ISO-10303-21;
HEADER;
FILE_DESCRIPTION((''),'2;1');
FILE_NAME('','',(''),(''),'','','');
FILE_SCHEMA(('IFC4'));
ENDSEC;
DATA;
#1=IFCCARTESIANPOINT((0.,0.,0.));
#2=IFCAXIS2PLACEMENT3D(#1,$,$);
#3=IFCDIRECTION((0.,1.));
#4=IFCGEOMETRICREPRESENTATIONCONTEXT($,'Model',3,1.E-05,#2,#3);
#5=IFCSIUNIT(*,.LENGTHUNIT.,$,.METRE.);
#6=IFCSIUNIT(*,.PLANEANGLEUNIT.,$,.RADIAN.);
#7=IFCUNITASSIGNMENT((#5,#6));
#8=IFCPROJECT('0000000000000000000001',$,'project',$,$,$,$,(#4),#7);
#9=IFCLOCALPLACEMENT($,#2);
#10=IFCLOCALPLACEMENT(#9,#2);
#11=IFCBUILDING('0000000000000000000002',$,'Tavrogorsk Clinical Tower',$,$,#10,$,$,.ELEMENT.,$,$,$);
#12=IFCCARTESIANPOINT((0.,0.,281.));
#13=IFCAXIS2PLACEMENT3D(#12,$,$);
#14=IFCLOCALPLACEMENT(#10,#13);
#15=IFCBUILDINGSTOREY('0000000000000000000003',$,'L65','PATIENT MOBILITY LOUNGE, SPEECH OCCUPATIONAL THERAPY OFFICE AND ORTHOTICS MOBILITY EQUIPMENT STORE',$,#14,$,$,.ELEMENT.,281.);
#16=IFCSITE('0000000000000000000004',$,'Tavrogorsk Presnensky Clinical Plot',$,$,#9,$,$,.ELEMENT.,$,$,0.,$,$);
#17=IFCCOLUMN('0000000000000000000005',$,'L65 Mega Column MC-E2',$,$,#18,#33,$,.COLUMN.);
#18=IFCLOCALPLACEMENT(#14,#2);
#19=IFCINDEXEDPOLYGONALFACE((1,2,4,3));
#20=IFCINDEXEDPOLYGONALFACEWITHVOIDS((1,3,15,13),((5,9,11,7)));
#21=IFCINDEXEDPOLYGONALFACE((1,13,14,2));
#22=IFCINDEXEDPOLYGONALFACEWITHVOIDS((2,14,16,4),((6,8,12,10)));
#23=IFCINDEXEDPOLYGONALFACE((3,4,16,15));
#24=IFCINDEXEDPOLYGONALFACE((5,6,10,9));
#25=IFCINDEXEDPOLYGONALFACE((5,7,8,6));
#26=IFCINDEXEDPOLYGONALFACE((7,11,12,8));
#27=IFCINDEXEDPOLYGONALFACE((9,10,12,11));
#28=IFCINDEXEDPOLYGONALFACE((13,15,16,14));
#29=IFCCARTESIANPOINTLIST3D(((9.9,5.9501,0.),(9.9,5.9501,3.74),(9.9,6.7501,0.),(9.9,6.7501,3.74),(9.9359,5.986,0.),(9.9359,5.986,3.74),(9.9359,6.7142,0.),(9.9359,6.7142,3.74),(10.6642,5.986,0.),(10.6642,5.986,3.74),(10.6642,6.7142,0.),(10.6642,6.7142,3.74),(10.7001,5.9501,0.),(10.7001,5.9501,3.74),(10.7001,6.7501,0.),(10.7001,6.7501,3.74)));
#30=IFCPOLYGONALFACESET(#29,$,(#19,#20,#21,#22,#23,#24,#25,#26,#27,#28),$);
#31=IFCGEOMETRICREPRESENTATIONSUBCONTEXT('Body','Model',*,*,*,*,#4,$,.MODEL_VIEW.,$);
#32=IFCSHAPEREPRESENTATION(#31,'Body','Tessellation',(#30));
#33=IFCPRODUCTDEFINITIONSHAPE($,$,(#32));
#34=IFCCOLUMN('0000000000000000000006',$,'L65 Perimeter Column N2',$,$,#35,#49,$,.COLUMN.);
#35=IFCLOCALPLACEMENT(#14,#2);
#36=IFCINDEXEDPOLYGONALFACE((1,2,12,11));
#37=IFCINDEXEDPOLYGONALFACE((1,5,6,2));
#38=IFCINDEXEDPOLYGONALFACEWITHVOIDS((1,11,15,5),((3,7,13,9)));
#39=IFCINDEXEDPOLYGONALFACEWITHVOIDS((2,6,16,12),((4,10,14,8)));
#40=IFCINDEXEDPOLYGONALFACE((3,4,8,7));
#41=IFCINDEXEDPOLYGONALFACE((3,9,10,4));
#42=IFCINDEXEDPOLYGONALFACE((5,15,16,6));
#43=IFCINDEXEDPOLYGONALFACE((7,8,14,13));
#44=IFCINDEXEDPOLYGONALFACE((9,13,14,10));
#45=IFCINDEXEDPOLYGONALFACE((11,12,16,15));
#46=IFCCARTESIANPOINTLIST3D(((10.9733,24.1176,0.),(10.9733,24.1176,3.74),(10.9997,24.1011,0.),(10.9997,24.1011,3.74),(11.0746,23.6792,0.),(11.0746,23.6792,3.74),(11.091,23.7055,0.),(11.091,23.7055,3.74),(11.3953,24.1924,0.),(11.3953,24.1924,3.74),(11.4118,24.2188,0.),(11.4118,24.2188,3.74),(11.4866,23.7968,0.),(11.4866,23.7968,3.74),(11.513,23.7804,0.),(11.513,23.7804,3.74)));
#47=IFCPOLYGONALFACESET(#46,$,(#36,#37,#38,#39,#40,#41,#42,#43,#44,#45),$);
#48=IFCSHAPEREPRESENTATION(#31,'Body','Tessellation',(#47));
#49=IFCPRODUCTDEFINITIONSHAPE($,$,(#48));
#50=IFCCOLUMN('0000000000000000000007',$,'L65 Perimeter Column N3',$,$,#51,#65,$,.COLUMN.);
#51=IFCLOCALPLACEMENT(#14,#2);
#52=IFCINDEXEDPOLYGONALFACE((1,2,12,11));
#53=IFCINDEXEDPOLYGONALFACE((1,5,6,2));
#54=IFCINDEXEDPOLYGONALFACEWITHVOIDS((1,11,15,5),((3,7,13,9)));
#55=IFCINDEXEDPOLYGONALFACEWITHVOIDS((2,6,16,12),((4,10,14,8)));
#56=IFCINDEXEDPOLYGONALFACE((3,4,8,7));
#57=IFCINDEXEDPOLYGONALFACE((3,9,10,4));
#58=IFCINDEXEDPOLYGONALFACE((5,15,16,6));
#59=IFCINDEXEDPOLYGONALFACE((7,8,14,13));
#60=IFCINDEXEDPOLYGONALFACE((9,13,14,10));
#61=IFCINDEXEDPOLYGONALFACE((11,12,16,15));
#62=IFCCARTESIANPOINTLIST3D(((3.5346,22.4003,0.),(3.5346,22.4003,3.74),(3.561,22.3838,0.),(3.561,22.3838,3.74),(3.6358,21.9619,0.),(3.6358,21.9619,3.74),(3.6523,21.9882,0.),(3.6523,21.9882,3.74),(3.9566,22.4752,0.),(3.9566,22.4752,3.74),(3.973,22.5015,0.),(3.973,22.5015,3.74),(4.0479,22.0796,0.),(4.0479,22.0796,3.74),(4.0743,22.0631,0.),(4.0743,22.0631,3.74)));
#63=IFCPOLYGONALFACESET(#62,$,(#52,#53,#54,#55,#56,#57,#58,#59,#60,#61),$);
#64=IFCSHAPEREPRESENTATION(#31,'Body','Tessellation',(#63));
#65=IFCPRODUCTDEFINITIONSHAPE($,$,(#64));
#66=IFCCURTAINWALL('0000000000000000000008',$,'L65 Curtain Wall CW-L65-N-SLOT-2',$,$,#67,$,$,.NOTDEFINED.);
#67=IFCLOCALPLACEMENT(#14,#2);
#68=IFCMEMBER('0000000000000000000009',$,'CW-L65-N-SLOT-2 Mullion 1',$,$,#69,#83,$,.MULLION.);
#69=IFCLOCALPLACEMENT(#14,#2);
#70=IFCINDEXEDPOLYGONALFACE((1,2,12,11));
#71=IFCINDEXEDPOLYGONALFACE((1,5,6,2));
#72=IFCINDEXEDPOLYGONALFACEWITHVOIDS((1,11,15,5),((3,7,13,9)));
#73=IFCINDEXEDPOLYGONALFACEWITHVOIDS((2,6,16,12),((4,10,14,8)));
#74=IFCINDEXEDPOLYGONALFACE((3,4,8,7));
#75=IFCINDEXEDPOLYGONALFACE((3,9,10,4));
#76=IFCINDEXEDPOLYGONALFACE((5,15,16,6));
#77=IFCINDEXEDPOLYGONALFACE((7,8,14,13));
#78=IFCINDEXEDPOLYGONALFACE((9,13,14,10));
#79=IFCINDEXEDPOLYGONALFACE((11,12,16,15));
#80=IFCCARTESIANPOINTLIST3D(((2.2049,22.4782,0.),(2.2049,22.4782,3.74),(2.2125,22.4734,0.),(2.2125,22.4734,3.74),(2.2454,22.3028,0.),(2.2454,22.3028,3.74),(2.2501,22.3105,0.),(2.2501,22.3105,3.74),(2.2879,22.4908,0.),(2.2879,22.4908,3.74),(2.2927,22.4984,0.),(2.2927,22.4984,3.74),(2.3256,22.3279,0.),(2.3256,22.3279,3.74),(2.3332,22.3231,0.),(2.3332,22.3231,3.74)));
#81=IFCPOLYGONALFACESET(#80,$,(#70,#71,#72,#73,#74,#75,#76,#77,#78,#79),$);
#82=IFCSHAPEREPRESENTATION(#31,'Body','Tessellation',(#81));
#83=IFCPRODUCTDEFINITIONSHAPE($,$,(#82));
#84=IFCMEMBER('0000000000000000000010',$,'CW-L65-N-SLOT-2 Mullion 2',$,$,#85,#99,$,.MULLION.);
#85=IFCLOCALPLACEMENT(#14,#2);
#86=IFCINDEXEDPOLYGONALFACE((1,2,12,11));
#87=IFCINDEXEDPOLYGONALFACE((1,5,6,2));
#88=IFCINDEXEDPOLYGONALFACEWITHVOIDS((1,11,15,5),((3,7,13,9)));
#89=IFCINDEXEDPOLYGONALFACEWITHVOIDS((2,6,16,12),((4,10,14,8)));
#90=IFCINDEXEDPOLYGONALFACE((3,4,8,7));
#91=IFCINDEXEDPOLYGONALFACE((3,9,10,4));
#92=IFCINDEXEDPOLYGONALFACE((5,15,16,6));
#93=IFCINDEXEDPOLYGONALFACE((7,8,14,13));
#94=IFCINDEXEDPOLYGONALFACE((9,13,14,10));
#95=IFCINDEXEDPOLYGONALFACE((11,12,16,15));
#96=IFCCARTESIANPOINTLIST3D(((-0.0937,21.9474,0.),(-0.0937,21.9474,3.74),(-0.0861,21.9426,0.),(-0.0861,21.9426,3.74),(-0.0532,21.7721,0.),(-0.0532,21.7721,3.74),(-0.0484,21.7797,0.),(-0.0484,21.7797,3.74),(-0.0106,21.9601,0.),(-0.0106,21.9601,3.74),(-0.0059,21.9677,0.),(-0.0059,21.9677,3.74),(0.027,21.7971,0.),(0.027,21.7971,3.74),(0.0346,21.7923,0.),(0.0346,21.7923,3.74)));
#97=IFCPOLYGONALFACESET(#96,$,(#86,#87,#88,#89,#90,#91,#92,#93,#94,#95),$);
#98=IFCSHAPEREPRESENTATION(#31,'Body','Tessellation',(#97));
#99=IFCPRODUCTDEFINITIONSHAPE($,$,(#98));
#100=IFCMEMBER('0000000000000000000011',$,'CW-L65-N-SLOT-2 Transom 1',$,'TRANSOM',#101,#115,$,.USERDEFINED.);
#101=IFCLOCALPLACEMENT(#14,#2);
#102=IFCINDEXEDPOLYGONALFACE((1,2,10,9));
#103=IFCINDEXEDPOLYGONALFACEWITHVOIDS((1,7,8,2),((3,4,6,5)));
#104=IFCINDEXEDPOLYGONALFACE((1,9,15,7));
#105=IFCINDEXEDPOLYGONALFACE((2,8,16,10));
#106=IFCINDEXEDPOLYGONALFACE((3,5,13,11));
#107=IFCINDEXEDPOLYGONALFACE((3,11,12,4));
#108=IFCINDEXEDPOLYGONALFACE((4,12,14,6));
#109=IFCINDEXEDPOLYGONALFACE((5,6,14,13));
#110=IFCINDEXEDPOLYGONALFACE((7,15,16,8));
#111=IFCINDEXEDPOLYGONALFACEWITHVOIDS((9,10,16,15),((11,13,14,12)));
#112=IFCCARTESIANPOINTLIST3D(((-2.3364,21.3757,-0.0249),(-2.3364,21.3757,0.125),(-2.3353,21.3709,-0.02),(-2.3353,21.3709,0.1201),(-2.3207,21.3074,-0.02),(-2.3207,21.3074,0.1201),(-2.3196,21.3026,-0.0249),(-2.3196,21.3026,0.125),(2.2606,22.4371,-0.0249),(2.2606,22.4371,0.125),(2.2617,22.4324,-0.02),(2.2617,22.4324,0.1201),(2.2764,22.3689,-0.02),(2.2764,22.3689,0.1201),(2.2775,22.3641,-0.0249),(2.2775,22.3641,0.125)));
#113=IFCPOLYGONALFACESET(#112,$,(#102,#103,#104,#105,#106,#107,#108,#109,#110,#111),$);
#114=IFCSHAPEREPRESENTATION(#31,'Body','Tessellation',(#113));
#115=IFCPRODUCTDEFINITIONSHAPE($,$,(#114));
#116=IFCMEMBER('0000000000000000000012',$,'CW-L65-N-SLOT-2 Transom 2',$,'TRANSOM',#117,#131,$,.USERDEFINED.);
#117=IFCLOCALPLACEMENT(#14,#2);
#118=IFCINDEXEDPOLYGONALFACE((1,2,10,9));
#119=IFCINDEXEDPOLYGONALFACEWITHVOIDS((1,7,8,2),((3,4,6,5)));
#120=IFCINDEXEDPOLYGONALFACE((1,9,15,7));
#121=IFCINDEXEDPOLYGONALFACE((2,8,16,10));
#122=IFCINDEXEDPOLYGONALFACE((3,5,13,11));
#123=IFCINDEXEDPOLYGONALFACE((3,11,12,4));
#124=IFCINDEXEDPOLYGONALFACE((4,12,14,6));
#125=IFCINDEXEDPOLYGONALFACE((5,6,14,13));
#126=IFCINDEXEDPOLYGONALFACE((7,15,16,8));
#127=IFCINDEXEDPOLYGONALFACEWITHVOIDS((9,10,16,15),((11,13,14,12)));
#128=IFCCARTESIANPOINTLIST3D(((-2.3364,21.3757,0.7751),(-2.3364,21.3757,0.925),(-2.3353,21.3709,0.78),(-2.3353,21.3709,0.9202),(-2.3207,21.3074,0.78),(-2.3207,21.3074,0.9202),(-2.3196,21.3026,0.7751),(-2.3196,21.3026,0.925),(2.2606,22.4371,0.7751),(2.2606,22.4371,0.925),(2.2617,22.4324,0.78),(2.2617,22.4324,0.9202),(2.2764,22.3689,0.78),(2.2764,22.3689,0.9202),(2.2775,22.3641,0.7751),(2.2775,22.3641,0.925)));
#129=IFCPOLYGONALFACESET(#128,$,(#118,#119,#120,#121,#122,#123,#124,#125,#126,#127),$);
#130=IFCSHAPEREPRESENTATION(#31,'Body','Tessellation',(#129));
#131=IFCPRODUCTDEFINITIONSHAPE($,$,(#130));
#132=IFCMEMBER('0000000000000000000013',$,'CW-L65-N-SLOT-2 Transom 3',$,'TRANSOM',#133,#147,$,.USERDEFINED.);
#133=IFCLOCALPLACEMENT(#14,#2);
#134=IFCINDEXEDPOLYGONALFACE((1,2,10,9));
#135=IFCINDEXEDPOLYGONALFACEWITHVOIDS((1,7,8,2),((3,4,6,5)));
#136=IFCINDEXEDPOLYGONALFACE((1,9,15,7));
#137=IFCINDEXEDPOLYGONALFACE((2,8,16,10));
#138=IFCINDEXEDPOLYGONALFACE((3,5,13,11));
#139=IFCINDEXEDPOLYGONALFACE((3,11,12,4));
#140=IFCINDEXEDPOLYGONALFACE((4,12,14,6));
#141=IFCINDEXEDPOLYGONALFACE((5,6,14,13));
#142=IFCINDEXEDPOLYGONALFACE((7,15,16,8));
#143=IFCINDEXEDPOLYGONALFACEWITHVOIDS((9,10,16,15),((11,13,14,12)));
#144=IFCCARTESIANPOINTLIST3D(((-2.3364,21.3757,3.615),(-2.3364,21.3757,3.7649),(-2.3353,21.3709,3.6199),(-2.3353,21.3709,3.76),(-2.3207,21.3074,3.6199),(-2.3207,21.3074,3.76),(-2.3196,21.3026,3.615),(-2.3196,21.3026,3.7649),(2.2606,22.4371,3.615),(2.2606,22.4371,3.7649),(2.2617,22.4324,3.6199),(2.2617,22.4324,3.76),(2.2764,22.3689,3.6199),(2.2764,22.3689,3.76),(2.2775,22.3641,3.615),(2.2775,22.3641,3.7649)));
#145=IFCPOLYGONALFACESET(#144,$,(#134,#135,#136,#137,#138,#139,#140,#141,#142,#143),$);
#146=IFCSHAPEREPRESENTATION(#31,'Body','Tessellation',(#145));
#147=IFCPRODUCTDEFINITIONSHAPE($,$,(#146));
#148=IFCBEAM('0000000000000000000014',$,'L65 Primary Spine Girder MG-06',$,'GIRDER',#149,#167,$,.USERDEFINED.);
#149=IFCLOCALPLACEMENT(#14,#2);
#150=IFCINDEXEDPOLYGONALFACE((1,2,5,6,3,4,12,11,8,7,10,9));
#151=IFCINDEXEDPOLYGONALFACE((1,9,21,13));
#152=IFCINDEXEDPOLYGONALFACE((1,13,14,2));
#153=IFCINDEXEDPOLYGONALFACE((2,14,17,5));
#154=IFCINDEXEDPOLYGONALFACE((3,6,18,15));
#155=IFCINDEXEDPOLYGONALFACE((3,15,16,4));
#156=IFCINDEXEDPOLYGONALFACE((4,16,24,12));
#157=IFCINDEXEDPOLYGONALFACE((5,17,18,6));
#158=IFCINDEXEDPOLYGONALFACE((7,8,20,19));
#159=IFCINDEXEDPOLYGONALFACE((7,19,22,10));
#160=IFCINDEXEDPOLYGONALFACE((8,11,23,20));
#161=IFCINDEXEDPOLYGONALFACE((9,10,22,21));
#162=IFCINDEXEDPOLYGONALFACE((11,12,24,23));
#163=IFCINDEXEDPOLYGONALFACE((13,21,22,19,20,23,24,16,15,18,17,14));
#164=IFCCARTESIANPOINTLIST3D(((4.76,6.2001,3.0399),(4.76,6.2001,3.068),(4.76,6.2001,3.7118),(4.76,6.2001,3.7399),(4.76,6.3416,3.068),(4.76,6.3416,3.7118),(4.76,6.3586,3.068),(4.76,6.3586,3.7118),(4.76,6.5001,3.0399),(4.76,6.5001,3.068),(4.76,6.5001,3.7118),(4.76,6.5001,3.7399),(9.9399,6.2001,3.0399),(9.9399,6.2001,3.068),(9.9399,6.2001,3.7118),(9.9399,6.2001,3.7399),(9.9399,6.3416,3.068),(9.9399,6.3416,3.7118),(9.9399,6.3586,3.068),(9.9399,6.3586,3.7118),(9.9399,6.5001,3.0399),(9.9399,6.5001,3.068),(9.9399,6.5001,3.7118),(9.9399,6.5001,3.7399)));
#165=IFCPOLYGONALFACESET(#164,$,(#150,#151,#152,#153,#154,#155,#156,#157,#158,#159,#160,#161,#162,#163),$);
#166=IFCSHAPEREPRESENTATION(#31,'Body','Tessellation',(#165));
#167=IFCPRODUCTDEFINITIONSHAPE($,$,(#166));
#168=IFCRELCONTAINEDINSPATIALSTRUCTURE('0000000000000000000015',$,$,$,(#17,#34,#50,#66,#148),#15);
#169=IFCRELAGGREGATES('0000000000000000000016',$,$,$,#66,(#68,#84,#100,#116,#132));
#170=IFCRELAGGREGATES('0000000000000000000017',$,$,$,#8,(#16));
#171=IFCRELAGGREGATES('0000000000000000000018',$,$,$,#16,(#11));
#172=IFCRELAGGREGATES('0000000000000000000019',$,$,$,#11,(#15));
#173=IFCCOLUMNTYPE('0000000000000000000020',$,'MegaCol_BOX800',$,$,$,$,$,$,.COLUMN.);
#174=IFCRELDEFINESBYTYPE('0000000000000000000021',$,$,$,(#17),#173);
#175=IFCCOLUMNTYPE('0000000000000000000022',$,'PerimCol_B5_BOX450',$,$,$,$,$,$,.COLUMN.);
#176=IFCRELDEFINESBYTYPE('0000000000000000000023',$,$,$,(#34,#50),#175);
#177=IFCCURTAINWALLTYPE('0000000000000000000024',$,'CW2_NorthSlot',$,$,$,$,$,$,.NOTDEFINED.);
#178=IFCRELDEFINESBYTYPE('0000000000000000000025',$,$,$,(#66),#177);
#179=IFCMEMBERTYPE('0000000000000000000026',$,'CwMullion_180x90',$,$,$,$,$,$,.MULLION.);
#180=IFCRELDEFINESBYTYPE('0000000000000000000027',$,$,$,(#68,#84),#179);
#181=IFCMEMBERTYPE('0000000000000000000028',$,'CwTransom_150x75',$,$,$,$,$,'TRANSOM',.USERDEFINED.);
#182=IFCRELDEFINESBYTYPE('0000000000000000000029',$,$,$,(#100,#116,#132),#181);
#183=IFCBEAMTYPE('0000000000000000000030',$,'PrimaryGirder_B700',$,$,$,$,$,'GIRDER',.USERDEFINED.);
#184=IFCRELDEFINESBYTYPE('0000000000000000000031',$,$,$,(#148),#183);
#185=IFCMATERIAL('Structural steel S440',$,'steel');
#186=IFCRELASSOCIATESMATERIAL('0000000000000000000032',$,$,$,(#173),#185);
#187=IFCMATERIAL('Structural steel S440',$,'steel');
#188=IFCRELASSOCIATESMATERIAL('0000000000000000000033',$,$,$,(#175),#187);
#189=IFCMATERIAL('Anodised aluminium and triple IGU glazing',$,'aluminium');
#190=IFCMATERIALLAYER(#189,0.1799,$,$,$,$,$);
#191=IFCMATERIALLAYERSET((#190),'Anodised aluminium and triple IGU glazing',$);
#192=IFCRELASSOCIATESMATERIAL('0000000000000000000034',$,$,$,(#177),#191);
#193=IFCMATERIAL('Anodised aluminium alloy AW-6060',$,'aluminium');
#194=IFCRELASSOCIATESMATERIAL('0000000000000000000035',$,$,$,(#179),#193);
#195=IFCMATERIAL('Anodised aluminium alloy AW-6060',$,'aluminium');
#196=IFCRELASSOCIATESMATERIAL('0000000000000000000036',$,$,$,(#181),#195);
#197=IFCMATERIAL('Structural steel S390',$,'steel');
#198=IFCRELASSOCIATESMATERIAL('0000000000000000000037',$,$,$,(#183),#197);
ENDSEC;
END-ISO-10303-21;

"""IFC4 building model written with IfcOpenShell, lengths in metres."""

from ifc_helpers import new_model, si_unit, direction, frame, origin, origin_2d, place, context, subcontext, project, spatial, hollow_rectangle, i_section, extrude, material, layer, layer_set, material_profile, profile_set, type_object, element, aggregate, save


model = new_model("IFC4")

# Units and contexts
model_context = context("Model", 3, precision=1e-05, world=origin(), true_north=direction((0.0, 1.0)))
body_context = subcontext(model_context, "Body", "Model", "MODEL_VIEW")
ifc_project = project(units=[si_unit("LENGTHUNIT", "METRE"), si_unit("PLANEANGLEUNIT", "RADIAN")], contexts=[model_context])

# Site, building, storey
site_placement = place(None, origin())
site = spatial("IfcSite", under=ifc_project, at=site_placement, Name="Tavrogorsk Presnensky Clinical Plot", CompositionType="ELEMENT", RefElevation=0.0)
building_placement = place(site_placement, origin())
building = spatial("IfcBuilding", under=site, at=building_placement, Name="Tavrogorsk Clinical Tower", CompositionType="ELEMENT")
storey_placement = place(building_placement, frame((0.0, 0.0, 281.0)))
storey = spatial("IfcBuildingStorey", under=building, at=storey_placement, Name="L65", Description="PATIENT MOBILITY LOUNGE, SPEECH OCCUPATIONAL THERAPY OFFICE AND ORTHOTICS MOBILITY EQUIPMENT STORE", CompositionType="ELEMENT", Elevation=281.0)

# Columns
ifc_material_1 = material(Name="Structural steel S440", Category="steel")
ifc_material_profile_1 = material_profile(ifc_material_1, hollow_rectangle(XDim=0.8, YDim=0.8, WallThickness=0.0359, at=origin_2d()), Name="BOX-800x800x36")
ifc_profile_set_1 = profile_set([ifc_material_profile_1], Name="Structural steel S440")
column_type_1 = type_object("IfcColumnType", Name="MegaCol_BOX800", PredefinedType="COLUMN", material=ifc_profile_set_1)
column_placement = place(storey_placement, frame((10.3, 6.3501, 0.0), z_axis=(0.0, 0.0, 1.0), x_axis=(1.0, 0.0, 0.0)))
element("IfcColumn", 1, at=column_placement, inside=storey, type_object=column_type_1, Name="L65 Mega Column MC-E2", PredefinedType="COLUMN", context=body_context, shape_type="SweptSolid", body=[
    extrude(hollow_rectangle(XDim=0.8, YDim=0.8, WallThickness=0.0359, at=origin_2d()), origin(), (0.0, 0.0, 1.0), 3.74),
])
ifc_material_2 = material(Name="Structural steel S440", Category="steel")
ifc_material_profile_2 = material_profile(ifc_material_2, hollow_rectangle(XDim=0.45, YDim=0.45, WallThickness=0.022, at=origin_2d()), Name="BOX-450x450x22")
ifc_profile_set_2 = profile_set([ifc_material_profile_2], Name="Structural steel S440")
column_type_2 = type_object("IfcColumnType", Name="PerimCol_B5_BOX450", PredefinedType="COLUMN", material=ifc_profile_set_2)
for number, where, z_axis, x_axis, name in (
    (2, (11.2432, 23.949, 0.0), (0.0, 0.0, 1.0), (0.97437, 0.224951, 0.0), "L65 Perimeter Column N2"),
    (3, (3.8044, 22.2317, 0.0), (0.0, 0.0, 1.0), (0.97437, 0.224951, 0.0), "L65 Perimeter Column N3"),
):
    element("IfcColumn", number, at=place(storey_placement, frame(where, z_axis=z_axis, x_axis=x_axis)), inside=storey, type_object=column_type_2, Name=name, PredefinedType="COLUMN", context=body_context, shape_type="SweptSolid", body=[
        extrude(hollow_rectangle(XDim=0.45, YDim=0.45, WallThickness=0.022, at=origin_2d()), origin(), (0.0, 0.0, 1.0), 3.74),
    ])

# Curtain wall, members
ifc_material_3 = material(Name="Anodised aluminium and triple IGU glazing", Category="aluminium")
ifc_layer_1 = layer(ifc_material_3, 0.1799)
ifc_layer_set_1 = layer_set([ifc_layer_1], Name="Anodised aluminium and triple IGU glazing")
curtain_wall_type = type_object("IfcCurtainWallType", Name="CW2_NorthSlot", PredefinedType="NOTDEFINED", material=ifc_layer_set_1)
curtain_wall_placement = place(storey_placement, origin())
curtain_wall = element("IfcCurtainWall", 4, at=curtain_wall_placement, inside=storey, type_object=curtain_wall_type, Name="L65 Curtain Wall CW-L65-N-SLOT-2", PredefinedType="NOTDEFINED")
ifc_material_4 = material(Name="Anodised aluminium alloy AW-6060", Category="aluminium")
ifc_material_profile_3 = material_profile(ifc_material_4, hollow_rectangle(XDim=0.0901, YDim=0.1799, WallThickness=0.0063, at=origin_2d()), Name="RHS-180x90x6.3")
ifc_profile_set_3 = profile_set([ifc_material_profile_3], Name="Anodised aluminium alloy AW-6060")
member_type_1 = type_object("IfcMemberType", Name="CwMullion_180x90", PredefinedType="MULLION", material=ifc_profile_set_3)
member_1_placement = place(storey_placement, frame((2.269, 22.4006, 0.0), z_axis=(0.0, 0.0, 1.0), x_axis=(-0.97437, -0.224951, 0.0)))
member_1 = element("IfcMember", 5, at=member_1_placement, type_object=member_type_1, Name="CW-L65-N-SLOT-2 Mullion 1", PredefinedType="MULLION", context=body_context, shape_type="SweptSolid", body=[
    extrude(hollow_rectangle(XDim=0.0901, YDim=0.1799, WallThickness=0.0063, at=origin_2d()), origin(), (0.0, 0.0, 1.0), 3.74),
])
member_2_placement = place(storey_placement, frame((-0.0295, 21.8699, 0.0), z_axis=(0.0, 0.0, 1.0), x_axis=(-0.97437, -0.224951, 0.0)))
member_2 = element("IfcMember", 6, at=member_2_placement, type_object=member_type_1, Name="CW-L65-N-SLOT-2 Mullion 2", PredefinedType="MULLION", context=body_context, shape_type="SweptSolid", body=[
    extrude(hollow_rectangle(XDim=0.0901, YDim=0.1799, WallThickness=0.0063, at=origin_2d()), origin(), (0.0, 0.0, 1.0), 3.74),
])
ifc_material_5 = material(Name="Anodised aluminium alloy AW-6060", Category="aluminium")
ifc_material_profile_4 = material_profile(ifc_material_5, hollow_rectangle(XDim=0.075, YDim=0.1499, WallThickness=0.0049, at=origin_2d()), Name="RHS-150x75x5")
ifc_profile_set_4 = profile_set([ifc_material_profile_4], Name="Anodised aluminium alloy AW-6060")
member_type_2 = type_object("IfcMemberType", Name="CwTransom_150x75", ElementType="TRANSOM", PredefinedType="USERDEFINED", material=ifc_profile_set_4)
member_3_placement = place(storey_placement, frame((2.269, 22.4006, 0.05), z_axis=(-0.974362, -0.224988, 0.0), x_axis=(0.224988, -0.974362, 0.0)))
member_3 = element("IfcMember", 7, at=member_3_placement, type_object=member_type_2, Name="CW-L65-N-SLOT-2 Transom 1", ObjectType="TRANSOM", PredefinedType="USERDEFINED", context=body_context, shape_type="SweptSolid", body=[
    extrude(hollow_rectangle(XDim=0.075, YDim=0.1499, WallThickness=0.0049, at=origin_2d()), origin(), (0.0, 0.0, 1.0), 4.718),
])
member_4_placement = place(storey_placement, frame((2.269, 22.4006, 0.8501), z_axis=(-0.974362, -0.224988, 0.0), x_axis=(0.224988, -0.974362, 0.0)))
member_4 = element("IfcMember", 8, at=member_4_placement, type_object=member_type_2, Name="CW-L65-N-SLOT-2 Transom 2", ObjectType="TRANSOM", PredefinedType="USERDEFINED", context=body_context, shape_type="SweptSolid", body=[
    extrude(hollow_rectangle(XDim=0.075, YDim=0.1499, WallThickness=0.0049, at=origin_2d()), origin(), (0.0, 0.0, 1.0), 4.718),
])
member_5_placement = place(storey_placement, frame((2.269, 22.4006, 3.6899), z_axis=(-0.974362, -0.224988, 0.0), x_axis=(0.224988, -0.974362, 0.0)))
member_5 = element("IfcMember", 9, at=member_5_placement, type_object=member_type_2, Name="CW-L65-N-SLOT-2 Transom 3", ObjectType="TRANSOM", PredefinedType="USERDEFINED", context=body_context, shape_type="SweptSolid", body=[
    extrude(hollow_rectangle(XDim=0.075, YDim=0.1499, WallThickness=0.0049, at=origin_2d()), origin(), (0.0, 0.0, 1.0), 4.718),
])

# Beam
ifc_material_6 = material(Name="Structural steel S390", Category="steel")
ifc_material_profile_5 = material_profile(ifc_material_6, i_section(OverallWidth=0.3, OverallDepth=0.7, WebThickness=0.0171, FlangeThickness=0.0281, at=origin_2d()), Name="B-700x300x17x28")
ifc_profile_set_5 = profile_set([ifc_material_profile_5], Name="Structural steel S390")
beam_type_1 = type_object("IfcBeamType", Name="PrimaryGirder_B700", ElementType="GIRDER", PredefinedType="USERDEFINED", material=ifc_profile_set_5)
beam_1_placement = place(storey_placement, frame((4.76, 6.3501, 3.3899), z_axis=(1.0, 0.0, 0.0), x_axis=(0.0, 1.0, 0.0)))
element("IfcBeam", 10, at=beam_1_placement, inside=storey, type_object=beam_type_1, Name="L65 Primary Spine Girder MG-06", ObjectType="GIRDER", PredefinedType="USERDEFINED", context=body_context, shape_type="SweptSolid", body=[
    extrude(i_section(OverallWidth=0.3, OverallDepth=0.7, WebThickness=0.0171, FlangeThickness=0.0281, at=origin_2d()), origin(), (0.0, 0.0, 1.0), 5.1799),
])

aggregate(curtain_wall, [member_1, member_2, member_3, member_4, member_5])

save(model, "model.ifc")
